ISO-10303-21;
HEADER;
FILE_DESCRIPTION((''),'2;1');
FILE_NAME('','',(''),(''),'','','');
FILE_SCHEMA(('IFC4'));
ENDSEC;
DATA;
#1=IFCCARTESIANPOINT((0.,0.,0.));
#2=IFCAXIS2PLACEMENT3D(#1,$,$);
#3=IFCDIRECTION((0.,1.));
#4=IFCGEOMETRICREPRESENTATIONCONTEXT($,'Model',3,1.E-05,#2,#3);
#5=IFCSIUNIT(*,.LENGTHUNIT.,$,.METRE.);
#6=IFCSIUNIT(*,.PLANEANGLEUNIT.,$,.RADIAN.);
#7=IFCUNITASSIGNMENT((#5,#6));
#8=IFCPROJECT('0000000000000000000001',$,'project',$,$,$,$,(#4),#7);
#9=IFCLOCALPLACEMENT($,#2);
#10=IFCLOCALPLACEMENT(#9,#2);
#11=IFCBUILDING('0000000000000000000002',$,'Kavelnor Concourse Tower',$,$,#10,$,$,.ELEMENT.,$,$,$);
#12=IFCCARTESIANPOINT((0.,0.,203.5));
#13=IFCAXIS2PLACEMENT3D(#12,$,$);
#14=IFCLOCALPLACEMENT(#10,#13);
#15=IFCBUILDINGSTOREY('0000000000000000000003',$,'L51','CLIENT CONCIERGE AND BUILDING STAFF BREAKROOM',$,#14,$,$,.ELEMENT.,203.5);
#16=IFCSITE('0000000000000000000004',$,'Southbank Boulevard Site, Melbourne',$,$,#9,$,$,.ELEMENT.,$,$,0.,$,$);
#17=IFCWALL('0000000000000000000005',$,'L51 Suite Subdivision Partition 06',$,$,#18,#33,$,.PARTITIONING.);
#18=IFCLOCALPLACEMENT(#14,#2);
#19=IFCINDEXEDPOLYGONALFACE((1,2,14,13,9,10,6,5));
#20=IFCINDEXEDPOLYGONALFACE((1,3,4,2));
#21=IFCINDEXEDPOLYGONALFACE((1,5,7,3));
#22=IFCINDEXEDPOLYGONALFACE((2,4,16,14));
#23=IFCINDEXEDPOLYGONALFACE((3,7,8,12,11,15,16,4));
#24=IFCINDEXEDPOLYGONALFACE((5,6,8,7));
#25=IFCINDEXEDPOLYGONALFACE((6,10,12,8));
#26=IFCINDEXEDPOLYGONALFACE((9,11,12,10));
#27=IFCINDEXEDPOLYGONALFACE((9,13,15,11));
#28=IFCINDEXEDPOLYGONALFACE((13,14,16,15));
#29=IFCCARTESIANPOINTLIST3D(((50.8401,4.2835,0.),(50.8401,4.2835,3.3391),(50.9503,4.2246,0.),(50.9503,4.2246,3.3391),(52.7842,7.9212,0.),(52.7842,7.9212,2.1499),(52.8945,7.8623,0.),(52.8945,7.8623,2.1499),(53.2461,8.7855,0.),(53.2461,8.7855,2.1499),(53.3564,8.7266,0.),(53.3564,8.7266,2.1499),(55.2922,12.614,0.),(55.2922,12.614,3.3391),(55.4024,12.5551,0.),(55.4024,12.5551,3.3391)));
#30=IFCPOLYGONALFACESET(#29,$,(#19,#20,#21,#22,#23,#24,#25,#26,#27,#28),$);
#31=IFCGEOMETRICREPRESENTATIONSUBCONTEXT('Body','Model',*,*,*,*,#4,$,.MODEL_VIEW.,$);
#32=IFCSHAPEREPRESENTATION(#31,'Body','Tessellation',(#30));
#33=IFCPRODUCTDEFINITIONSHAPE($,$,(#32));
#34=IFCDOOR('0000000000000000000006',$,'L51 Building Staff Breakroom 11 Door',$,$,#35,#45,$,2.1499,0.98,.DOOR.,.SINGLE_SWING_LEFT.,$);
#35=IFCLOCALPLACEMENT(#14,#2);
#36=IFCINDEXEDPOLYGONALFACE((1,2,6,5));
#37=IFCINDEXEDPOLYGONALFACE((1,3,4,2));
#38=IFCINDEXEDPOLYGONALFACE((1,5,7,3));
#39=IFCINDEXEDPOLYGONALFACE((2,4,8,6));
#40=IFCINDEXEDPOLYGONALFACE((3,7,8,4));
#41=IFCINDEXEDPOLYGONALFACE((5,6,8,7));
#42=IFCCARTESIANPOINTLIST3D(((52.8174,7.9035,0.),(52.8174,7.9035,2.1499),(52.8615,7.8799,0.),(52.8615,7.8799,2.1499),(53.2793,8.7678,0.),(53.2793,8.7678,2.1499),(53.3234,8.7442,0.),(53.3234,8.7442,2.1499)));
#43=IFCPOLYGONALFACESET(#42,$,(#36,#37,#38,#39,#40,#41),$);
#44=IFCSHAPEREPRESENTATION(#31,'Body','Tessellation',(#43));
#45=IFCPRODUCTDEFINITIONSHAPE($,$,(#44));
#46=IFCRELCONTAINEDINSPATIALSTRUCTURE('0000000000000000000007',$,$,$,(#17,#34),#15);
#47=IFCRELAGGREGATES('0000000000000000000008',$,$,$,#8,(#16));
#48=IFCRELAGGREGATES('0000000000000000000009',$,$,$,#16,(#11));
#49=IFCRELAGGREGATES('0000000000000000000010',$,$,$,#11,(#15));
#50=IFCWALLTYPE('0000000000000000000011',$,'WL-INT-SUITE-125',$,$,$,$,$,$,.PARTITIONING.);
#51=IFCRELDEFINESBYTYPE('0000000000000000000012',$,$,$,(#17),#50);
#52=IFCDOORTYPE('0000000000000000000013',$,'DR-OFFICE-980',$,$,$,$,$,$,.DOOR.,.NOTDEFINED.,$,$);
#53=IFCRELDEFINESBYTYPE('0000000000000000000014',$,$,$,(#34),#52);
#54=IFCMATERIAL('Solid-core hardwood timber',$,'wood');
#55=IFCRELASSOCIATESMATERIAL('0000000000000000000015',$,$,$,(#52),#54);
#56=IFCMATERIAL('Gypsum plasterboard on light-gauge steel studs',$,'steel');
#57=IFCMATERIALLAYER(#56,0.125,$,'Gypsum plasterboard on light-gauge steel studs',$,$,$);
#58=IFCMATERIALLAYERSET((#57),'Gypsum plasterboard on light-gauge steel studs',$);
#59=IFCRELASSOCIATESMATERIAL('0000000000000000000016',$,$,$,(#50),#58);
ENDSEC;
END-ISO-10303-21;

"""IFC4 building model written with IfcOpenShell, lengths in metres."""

from ifc_helpers import new_model, si_unit, direction, frame, frame_2d, origin, place, context, subcontext, project, spatial, rectangle, extrude, material, layer, layer_set, type_object, element, fill, save


model = new_model("IFC4")

# Units and contexts
model_context = context("Model", 3, precision=1e-05, world=origin(), true_north=direction((0.0, 1.0)))
body_context = subcontext(model_context, "Body", "Model", "MODEL_VIEW")
ifc_project = project(units=[si_unit("LENGTHUNIT", "METRE"), si_unit("PLANEANGLEUNIT", "RADIAN")], contexts=[model_context])

# Site, building, storey
site_placement = place(None, origin())
site = spatial("IfcSite", under=ifc_project, at=site_placement, Name="Southbank Boulevard Site, Melbourne", CompositionType="ELEMENT", RefElevation=0.0)
building_placement = place(site_placement, origin())
building = spatial("IfcBuilding", under=site, at=building_placement, Name="Kavelnor Concourse Tower", CompositionType="ELEMENT")
storey_placement = place(building_placement, frame((0.0, 0.0, 203.5)))
storey = spatial("IfcBuildingStorey", under=building, at=storey_placement, Name="L51", Description="CLIENT CONCIERGE AND BUILDING STAFF BREAKROOM", CompositionType="ELEMENT", Elevation=203.5)

# Shared definitions
ifc_material_1 = material(Name="Gypsum plasterboard on light-gauge steel studs", Category="steel")

# Shared definitions
ifc_material_2 = material(Name="Solid-core hardwood timber", Category="wood")
door_type = type_object("IfcDoorType", Name="DR-OFFICE-980", OperationType="NOTDEFINED", PredefinedType="DOOR", material=ifc_material_2)

# Shared definitions
ifc_layer_1 = layer(ifc_material_1, 0.125, Name="Gypsum plasterboard on light-gauge steel studs")
ifc_layer_set_1 = layer_set([ifc_layer_1], Name="Gypsum plasterboard on light-gauge steel studs")
wall_type_1 = type_object("IfcWallType", Name="WL-INT-SUITE-125", PredefinedType="PARTITIONING", material=ifc_layer_set_1)

# Wall, opening, door
wall_1_placement = place(storey_placement, frame((50.8953, 4.2542, 0.0), z_axis=(0.0, 0.0, 1.0), x_axis=(0.471345, 0.881949, 0.0)))
wall_1 = element("IfcWall", 1, at=wall_1_placement, inside=storey, type_object=wall_type_1, Name="L51 Suite Subdivision Partition 06", PredefinedType="PARTITIONING", context=body_context, shape_type="SweptSolid", body=[
    extrude(rectangle(XDim=9.4456, YDim=0.125, at=frame_2d((4.7227, 0.0))), origin(), (0.0, 0.0, 1.0), 3.3391),
])
opening_1_placement = place(wall_1_placement, frame((4.1245, 0.0, 0.0)))
opening_1 = element("IfcOpeningElement", 2, at=opening_1_placement, cuts=wall_1, PredefinedType="OPENING", context=body_context, shape_type="SweptSolid", body=[
    extrude(rectangle(XDim=0.98, YDim=2.1499, at=frame_2d((0.49, 1.075))), frame((0.0, 0.0725, 0.0), z_axis=(0.0, -1.0, 0.0), x_axis=(1.0, 0.0, 0.0)), (0.0, 0.0, 1.0), 0.145),
])
door_1_placement = place(opening_1_placement, origin())
door_1 = element("IfcDoor", 3, at=door_1_placement, inside=storey, type_object=door_type, Name="L51 Building Staff Breakroom 11 Door", OperationType="SINGLE_SWING_LEFT", OverallHeight=2.1499, OverallWidth=0.98, PredefinedType="DOOR", context=body_context, shape_type="SweptSolid", body=[
    extrude(rectangle(XDim=0.98, YDim=2.1499, at=frame_2d((0.49, 1.075))), frame((0.0, 0.0249, 0.0), z_axis=(0.0, -1.0, 0.0), x_axis=(1.0, 0.0, 0.0)), (0.0, 0.0, 1.0), 0.05),
])
fill(opening_1, door_1)

save(model, "model.ifc")
